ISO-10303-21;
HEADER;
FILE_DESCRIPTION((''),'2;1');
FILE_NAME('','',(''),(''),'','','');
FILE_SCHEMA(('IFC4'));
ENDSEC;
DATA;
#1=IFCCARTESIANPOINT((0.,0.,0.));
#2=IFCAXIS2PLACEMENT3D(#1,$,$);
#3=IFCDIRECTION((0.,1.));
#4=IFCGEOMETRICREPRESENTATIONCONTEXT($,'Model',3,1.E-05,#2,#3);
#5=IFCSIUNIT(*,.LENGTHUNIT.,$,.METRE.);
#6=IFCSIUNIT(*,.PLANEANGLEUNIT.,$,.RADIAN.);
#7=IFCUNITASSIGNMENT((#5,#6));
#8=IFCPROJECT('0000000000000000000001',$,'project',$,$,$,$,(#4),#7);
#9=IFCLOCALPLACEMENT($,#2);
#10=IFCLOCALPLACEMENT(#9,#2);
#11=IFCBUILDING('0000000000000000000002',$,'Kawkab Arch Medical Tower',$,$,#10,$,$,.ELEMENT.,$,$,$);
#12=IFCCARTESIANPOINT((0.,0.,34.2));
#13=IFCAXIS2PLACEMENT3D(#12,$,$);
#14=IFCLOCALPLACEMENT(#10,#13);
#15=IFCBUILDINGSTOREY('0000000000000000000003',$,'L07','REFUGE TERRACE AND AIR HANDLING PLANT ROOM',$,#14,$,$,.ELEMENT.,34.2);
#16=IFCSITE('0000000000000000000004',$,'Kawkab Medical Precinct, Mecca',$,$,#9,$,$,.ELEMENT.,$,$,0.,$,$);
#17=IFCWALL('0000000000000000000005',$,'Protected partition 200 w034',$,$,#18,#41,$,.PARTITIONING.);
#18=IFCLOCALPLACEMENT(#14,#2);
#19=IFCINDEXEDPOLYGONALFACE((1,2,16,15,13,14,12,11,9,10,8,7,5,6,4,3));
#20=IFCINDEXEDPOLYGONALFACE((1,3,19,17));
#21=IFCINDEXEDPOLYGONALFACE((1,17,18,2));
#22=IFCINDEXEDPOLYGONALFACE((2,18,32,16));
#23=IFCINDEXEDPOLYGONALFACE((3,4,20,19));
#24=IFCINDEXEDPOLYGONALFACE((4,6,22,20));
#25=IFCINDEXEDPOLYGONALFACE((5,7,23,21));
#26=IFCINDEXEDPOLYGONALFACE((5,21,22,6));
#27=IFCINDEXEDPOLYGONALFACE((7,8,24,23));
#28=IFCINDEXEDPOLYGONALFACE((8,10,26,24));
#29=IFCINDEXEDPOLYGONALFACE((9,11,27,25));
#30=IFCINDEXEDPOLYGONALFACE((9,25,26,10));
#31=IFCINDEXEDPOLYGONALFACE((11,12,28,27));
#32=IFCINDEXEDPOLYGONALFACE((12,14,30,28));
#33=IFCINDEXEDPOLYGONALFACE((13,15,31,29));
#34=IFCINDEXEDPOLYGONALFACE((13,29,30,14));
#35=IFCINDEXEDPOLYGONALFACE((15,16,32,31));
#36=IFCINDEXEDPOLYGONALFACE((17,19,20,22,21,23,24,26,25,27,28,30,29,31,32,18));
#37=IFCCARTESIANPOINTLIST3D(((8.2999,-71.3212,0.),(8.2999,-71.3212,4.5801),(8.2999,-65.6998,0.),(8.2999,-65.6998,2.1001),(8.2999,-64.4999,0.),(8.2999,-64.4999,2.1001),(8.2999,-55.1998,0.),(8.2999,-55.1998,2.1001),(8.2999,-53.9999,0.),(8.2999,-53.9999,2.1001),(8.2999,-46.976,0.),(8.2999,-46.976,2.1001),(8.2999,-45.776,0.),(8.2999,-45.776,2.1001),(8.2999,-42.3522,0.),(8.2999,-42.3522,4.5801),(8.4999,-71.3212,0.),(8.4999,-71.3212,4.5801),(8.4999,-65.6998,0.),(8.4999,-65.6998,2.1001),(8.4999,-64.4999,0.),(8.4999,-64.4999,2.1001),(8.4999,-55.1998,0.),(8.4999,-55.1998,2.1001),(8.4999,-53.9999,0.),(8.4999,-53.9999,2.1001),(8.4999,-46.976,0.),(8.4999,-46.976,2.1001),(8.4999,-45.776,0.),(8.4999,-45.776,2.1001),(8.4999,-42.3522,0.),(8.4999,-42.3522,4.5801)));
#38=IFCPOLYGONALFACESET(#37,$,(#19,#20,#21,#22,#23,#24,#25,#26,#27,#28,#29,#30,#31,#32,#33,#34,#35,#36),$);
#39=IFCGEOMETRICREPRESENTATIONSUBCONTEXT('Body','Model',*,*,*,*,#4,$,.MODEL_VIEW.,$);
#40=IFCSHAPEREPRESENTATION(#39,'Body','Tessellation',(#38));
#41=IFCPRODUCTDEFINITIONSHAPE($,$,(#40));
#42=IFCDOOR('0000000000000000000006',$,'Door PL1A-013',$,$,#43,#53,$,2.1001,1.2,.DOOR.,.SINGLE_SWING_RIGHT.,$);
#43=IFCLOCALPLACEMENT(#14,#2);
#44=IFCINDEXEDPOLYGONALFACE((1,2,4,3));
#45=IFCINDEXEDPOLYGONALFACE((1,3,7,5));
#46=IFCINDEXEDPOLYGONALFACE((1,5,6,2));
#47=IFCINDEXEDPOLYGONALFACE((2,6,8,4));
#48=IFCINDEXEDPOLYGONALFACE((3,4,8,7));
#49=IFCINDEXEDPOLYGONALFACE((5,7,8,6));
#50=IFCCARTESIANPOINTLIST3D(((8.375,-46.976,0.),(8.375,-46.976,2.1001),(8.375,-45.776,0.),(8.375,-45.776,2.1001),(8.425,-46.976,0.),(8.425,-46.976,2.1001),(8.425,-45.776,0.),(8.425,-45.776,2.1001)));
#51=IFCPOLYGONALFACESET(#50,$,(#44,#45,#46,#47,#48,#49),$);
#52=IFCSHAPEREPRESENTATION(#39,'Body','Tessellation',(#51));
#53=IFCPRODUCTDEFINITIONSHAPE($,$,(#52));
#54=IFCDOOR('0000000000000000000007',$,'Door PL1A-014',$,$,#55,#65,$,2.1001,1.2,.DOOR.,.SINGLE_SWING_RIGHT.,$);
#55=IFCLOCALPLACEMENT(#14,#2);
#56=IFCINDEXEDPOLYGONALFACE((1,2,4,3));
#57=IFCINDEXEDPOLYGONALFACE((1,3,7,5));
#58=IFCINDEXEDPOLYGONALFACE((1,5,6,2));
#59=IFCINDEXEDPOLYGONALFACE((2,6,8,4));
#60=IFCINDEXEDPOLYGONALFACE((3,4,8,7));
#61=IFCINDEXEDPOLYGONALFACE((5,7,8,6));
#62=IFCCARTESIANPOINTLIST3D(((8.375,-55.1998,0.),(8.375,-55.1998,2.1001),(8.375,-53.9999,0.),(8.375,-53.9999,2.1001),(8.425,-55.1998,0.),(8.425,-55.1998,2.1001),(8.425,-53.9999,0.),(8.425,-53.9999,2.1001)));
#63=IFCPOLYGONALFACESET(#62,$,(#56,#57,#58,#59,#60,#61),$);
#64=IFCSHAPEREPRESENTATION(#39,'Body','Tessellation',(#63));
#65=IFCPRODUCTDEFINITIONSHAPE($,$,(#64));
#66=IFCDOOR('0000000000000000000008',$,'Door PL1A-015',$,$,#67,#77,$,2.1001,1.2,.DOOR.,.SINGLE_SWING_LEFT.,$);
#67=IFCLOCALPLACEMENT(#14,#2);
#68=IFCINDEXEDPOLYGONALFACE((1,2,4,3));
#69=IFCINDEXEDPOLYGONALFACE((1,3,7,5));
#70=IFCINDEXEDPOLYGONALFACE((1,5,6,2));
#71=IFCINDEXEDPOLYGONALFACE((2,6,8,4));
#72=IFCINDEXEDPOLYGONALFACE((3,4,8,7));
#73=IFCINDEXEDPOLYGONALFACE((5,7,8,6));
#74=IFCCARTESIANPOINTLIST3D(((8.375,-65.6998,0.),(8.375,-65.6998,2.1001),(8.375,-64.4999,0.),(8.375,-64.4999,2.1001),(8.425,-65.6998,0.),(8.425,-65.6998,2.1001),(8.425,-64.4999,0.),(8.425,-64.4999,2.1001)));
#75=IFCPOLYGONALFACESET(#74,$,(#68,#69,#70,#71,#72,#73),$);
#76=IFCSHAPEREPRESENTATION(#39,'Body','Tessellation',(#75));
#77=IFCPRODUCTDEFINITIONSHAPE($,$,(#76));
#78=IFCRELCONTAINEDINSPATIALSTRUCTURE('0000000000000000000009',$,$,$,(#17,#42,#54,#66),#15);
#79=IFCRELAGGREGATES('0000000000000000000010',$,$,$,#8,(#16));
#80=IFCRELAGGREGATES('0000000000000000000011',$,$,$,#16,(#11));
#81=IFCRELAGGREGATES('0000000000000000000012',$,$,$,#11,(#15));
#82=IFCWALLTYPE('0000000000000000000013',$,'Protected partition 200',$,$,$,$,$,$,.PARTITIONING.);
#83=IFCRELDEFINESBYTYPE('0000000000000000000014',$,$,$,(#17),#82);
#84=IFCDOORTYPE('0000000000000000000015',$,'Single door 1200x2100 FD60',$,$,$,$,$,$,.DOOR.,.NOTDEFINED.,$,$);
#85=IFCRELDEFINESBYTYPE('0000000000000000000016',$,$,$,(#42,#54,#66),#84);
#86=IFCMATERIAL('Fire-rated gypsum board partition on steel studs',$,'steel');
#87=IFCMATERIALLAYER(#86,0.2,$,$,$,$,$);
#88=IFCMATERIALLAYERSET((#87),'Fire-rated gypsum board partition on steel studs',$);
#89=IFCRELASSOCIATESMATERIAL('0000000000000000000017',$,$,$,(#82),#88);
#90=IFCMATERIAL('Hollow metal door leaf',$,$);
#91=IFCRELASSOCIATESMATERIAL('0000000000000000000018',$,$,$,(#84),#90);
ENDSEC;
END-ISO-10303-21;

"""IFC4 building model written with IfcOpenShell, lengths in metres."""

from ifc_helpers import new_model, si_unit, direction, frame, frame_2d, origin, place, context, subcontext, project, spatial, rectangle, extrude, material, layer, layer_set, type_object, element, fill, save


model = new_model("IFC4")

# Units and contexts
model_context = context("Model", 3, precision=1e-05, world=origin(), true_north=direction((0.0, 1.0)))
body_context = subcontext(model_context, "Body", "Model", "MODEL_VIEW")
ifc_project = project(units=[si_unit("LENGTHUNIT", "METRE"), si_unit("PLANEANGLEUNIT", "RADIAN")], contexts=[model_context])

# Site, building, storey
site_placement = place(None, origin())
site = spatial("IfcSite", under=ifc_project, at=site_placement, Name="Kawkab Medical Precinct, Mecca", CompositionType="ELEMENT", RefElevation=0.0)
building_placement = place(site_placement, origin())
building = spatial("IfcBuilding", under=site, at=building_placement, Name="Kawkab Arch Medical Tower", CompositionType="ELEMENT")
storey_placement = place(building_placement, frame((0.0, 0.0, 34.2)))
storey = spatial("IfcBuildingStorey", under=building, at=storey_placement, Name="L07", Description="REFUGE TERRACE AND AIR HANDLING PLANT ROOM", CompositionType="ELEMENT", Elevation=34.2)

# Wall, openings, doors
ifc_material_1 = material(Name="Fire-rated gypsum board partition on steel studs", Category="steel")
ifc_layer_1 = layer(ifc_material_1, 0.2)
ifc_layer_set_1 = layer_set([ifc_layer_1], Name="Fire-rated gypsum board partition on steel studs")
wall_type_1 = type_object("IfcWallType", Name="Protected partition 200", PredefinedType="PARTITIONING", material=ifc_layer_set_1)
wall_1_placement = place(storey_placement, frame((8.3999, -71.321, 0.0), z_axis=(0.0, 0.0, 1.0), x_axis=(0.0, 1.0, 0.0)))
wall_1 = element("IfcWall", 1, at=wall_1_placement, inside=storey, type_object=wall_type_1, Name="Protected partition 200 w034", PredefinedType="PARTITIONING", context=body_context, shape_type="SweptSolid", body=[
    extrude(rectangle(XDim=28.969, YDim=0.2, at=frame_2d((14.4844, 0.0))), origin(), (0.0, 0.0, 1.0), 4.5801),
])
opening_1_placement = place(wall_1_placement, frame((24.345, 0.0, 0.0)))
opening_1 = element("IfcOpeningElement", 2, at=opening_1_placement, cuts=wall_1, PredefinedType="OPENING", context=body_context, shape_type="SweptSolid", body=[
    extrude(rectangle(XDim=1.2, YDim=2.1001, at=frame_2d((0.6001, 1.05))), frame((0.0, 0.1099, 0.0), z_axis=(0.0, -1.0, 0.0), x_axis=(1.0, 0.0, 0.0)), (0.0, 0.0, 1.0), 0.22),
])
opening_2_placement = place(wall_1_placement, frame((16.1211, 0.0, 0.0)))
opening_2 = element("IfcOpeningElement", 3, at=opening_2_placement, cuts=wall_1, PredefinedType="OPENING", context=body_context, shape_type="SweptSolid", body=[
    extrude(rectangle(XDim=1.2, YDim=2.1001, at=frame_2d((0.6001, 1.05))), frame((0.0, 0.1099, 0.0), z_axis=(0.0, -1.0, 0.0), x_axis=(1.0, 0.0, 0.0)), (0.0, 0.0, 1.0), 0.22),
])
opening_3_placement = place(wall_1_placement, frame((5.6211, 0.0, 0.0)))
opening_3 = element("IfcOpeningElement", 4, at=opening_3_placement, cuts=wall_1, PredefinedType="OPENING", context=body_context, shape_type="SweptSolid", body=[
    extrude(rectangle(XDim=1.2, YDim=2.1001, at=frame_2d((0.6001, 1.05))), frame((0.0, 0.1099, 0.0), z_axis=(0.0, -1.0, 0.0), x_axis=(1.0, 0.0, 0.0)), (0.0, 0.0, 1.0), 0.22),
])
ifc_material_2 = material(Name="Hollow metal door leaf")
door_type_1 = type_object("IfcDoorType", Name="Single door 1200x2100 FD60", OperationType="NOTDEFINED", PredefinedType="DOOR", material=ifc_material_2)
door_1_placement = place(opening_1_placement, origin())
door_1 = element("IfcDoor", 5, at=door_1_placement, inside=storey, type_object=door_type_1, Name="Door PL1A-013", OperationType="SINGLE_SWING_RIGHT", OverallHeight=2.1001, OverallWidth=1.2, PredefinedType="DOOR", context=body_context, shape_type="SweptSolid", body=[
    extrude(rectangle(XDim=1.2, YDim=2.1001, at=frame_2d((0.6001, 1.05))), frame((0.0, 0.0249, 0.0), z_axis=(0.0, -1.0, 0.0), x_axis=(1.0, 0.0, 0.0)), (0.0, 0.0, 1.0), 0.05),
])
fill(opening_1, door_1)
door_2_placement = place(opening_2_placement, origin())
door_2 = element("IfcDoor", 6, at=door_2_placement, inside=storey, type_object=door_type_1, Name="Door PL1A-014", OperationType="SINGLE_SWING_RIGHT", OverallHeight=2.1001, OverallWidth=1.2, PredefinedType="DOOR", context=body_context, shape_type="SweptSolid", body=[
    extrude(rectangle(XDim=1.2, YDim=2.1001, at=frame_2d((0.6001, 1.05))), frame((0.0, 0.0249, 0.0), z_axis=(0.0, -1.0, 0.0), x_axis=(1.0, 0.0, 0.0)), (0.0, 0.0, 1.0), 0.05),
])
fill(opening_2, door_2)
door_3_placement = place(opening_3_placement, origin())
door_3 = element("IfcDoor", 7, at=door_3_placement, inside=storey, type_object=door_type_1, Name="Door PL1A-015", OperationType="SINGLE_SWING_LEFT", OverallHeight=2.1001, OverallWidth=1.2, PredefinedType="DOOR", context=body_context, shape_type="SweptSolid", body=[
    extrude(rectangle(XDim=1.2, YDim=2.1001, at=frame_2d((0.6001, 1.05))), frame((0.0, 0.0249, 0.0), z_axis=(0.0, -1.0, 0.0), x_axis=(1.0, 0.0, 0.0)), (0.0, 0.0, 1.0), 0.05),
])
fill(opening_3, door_3)

save(model, "model.ifc")
